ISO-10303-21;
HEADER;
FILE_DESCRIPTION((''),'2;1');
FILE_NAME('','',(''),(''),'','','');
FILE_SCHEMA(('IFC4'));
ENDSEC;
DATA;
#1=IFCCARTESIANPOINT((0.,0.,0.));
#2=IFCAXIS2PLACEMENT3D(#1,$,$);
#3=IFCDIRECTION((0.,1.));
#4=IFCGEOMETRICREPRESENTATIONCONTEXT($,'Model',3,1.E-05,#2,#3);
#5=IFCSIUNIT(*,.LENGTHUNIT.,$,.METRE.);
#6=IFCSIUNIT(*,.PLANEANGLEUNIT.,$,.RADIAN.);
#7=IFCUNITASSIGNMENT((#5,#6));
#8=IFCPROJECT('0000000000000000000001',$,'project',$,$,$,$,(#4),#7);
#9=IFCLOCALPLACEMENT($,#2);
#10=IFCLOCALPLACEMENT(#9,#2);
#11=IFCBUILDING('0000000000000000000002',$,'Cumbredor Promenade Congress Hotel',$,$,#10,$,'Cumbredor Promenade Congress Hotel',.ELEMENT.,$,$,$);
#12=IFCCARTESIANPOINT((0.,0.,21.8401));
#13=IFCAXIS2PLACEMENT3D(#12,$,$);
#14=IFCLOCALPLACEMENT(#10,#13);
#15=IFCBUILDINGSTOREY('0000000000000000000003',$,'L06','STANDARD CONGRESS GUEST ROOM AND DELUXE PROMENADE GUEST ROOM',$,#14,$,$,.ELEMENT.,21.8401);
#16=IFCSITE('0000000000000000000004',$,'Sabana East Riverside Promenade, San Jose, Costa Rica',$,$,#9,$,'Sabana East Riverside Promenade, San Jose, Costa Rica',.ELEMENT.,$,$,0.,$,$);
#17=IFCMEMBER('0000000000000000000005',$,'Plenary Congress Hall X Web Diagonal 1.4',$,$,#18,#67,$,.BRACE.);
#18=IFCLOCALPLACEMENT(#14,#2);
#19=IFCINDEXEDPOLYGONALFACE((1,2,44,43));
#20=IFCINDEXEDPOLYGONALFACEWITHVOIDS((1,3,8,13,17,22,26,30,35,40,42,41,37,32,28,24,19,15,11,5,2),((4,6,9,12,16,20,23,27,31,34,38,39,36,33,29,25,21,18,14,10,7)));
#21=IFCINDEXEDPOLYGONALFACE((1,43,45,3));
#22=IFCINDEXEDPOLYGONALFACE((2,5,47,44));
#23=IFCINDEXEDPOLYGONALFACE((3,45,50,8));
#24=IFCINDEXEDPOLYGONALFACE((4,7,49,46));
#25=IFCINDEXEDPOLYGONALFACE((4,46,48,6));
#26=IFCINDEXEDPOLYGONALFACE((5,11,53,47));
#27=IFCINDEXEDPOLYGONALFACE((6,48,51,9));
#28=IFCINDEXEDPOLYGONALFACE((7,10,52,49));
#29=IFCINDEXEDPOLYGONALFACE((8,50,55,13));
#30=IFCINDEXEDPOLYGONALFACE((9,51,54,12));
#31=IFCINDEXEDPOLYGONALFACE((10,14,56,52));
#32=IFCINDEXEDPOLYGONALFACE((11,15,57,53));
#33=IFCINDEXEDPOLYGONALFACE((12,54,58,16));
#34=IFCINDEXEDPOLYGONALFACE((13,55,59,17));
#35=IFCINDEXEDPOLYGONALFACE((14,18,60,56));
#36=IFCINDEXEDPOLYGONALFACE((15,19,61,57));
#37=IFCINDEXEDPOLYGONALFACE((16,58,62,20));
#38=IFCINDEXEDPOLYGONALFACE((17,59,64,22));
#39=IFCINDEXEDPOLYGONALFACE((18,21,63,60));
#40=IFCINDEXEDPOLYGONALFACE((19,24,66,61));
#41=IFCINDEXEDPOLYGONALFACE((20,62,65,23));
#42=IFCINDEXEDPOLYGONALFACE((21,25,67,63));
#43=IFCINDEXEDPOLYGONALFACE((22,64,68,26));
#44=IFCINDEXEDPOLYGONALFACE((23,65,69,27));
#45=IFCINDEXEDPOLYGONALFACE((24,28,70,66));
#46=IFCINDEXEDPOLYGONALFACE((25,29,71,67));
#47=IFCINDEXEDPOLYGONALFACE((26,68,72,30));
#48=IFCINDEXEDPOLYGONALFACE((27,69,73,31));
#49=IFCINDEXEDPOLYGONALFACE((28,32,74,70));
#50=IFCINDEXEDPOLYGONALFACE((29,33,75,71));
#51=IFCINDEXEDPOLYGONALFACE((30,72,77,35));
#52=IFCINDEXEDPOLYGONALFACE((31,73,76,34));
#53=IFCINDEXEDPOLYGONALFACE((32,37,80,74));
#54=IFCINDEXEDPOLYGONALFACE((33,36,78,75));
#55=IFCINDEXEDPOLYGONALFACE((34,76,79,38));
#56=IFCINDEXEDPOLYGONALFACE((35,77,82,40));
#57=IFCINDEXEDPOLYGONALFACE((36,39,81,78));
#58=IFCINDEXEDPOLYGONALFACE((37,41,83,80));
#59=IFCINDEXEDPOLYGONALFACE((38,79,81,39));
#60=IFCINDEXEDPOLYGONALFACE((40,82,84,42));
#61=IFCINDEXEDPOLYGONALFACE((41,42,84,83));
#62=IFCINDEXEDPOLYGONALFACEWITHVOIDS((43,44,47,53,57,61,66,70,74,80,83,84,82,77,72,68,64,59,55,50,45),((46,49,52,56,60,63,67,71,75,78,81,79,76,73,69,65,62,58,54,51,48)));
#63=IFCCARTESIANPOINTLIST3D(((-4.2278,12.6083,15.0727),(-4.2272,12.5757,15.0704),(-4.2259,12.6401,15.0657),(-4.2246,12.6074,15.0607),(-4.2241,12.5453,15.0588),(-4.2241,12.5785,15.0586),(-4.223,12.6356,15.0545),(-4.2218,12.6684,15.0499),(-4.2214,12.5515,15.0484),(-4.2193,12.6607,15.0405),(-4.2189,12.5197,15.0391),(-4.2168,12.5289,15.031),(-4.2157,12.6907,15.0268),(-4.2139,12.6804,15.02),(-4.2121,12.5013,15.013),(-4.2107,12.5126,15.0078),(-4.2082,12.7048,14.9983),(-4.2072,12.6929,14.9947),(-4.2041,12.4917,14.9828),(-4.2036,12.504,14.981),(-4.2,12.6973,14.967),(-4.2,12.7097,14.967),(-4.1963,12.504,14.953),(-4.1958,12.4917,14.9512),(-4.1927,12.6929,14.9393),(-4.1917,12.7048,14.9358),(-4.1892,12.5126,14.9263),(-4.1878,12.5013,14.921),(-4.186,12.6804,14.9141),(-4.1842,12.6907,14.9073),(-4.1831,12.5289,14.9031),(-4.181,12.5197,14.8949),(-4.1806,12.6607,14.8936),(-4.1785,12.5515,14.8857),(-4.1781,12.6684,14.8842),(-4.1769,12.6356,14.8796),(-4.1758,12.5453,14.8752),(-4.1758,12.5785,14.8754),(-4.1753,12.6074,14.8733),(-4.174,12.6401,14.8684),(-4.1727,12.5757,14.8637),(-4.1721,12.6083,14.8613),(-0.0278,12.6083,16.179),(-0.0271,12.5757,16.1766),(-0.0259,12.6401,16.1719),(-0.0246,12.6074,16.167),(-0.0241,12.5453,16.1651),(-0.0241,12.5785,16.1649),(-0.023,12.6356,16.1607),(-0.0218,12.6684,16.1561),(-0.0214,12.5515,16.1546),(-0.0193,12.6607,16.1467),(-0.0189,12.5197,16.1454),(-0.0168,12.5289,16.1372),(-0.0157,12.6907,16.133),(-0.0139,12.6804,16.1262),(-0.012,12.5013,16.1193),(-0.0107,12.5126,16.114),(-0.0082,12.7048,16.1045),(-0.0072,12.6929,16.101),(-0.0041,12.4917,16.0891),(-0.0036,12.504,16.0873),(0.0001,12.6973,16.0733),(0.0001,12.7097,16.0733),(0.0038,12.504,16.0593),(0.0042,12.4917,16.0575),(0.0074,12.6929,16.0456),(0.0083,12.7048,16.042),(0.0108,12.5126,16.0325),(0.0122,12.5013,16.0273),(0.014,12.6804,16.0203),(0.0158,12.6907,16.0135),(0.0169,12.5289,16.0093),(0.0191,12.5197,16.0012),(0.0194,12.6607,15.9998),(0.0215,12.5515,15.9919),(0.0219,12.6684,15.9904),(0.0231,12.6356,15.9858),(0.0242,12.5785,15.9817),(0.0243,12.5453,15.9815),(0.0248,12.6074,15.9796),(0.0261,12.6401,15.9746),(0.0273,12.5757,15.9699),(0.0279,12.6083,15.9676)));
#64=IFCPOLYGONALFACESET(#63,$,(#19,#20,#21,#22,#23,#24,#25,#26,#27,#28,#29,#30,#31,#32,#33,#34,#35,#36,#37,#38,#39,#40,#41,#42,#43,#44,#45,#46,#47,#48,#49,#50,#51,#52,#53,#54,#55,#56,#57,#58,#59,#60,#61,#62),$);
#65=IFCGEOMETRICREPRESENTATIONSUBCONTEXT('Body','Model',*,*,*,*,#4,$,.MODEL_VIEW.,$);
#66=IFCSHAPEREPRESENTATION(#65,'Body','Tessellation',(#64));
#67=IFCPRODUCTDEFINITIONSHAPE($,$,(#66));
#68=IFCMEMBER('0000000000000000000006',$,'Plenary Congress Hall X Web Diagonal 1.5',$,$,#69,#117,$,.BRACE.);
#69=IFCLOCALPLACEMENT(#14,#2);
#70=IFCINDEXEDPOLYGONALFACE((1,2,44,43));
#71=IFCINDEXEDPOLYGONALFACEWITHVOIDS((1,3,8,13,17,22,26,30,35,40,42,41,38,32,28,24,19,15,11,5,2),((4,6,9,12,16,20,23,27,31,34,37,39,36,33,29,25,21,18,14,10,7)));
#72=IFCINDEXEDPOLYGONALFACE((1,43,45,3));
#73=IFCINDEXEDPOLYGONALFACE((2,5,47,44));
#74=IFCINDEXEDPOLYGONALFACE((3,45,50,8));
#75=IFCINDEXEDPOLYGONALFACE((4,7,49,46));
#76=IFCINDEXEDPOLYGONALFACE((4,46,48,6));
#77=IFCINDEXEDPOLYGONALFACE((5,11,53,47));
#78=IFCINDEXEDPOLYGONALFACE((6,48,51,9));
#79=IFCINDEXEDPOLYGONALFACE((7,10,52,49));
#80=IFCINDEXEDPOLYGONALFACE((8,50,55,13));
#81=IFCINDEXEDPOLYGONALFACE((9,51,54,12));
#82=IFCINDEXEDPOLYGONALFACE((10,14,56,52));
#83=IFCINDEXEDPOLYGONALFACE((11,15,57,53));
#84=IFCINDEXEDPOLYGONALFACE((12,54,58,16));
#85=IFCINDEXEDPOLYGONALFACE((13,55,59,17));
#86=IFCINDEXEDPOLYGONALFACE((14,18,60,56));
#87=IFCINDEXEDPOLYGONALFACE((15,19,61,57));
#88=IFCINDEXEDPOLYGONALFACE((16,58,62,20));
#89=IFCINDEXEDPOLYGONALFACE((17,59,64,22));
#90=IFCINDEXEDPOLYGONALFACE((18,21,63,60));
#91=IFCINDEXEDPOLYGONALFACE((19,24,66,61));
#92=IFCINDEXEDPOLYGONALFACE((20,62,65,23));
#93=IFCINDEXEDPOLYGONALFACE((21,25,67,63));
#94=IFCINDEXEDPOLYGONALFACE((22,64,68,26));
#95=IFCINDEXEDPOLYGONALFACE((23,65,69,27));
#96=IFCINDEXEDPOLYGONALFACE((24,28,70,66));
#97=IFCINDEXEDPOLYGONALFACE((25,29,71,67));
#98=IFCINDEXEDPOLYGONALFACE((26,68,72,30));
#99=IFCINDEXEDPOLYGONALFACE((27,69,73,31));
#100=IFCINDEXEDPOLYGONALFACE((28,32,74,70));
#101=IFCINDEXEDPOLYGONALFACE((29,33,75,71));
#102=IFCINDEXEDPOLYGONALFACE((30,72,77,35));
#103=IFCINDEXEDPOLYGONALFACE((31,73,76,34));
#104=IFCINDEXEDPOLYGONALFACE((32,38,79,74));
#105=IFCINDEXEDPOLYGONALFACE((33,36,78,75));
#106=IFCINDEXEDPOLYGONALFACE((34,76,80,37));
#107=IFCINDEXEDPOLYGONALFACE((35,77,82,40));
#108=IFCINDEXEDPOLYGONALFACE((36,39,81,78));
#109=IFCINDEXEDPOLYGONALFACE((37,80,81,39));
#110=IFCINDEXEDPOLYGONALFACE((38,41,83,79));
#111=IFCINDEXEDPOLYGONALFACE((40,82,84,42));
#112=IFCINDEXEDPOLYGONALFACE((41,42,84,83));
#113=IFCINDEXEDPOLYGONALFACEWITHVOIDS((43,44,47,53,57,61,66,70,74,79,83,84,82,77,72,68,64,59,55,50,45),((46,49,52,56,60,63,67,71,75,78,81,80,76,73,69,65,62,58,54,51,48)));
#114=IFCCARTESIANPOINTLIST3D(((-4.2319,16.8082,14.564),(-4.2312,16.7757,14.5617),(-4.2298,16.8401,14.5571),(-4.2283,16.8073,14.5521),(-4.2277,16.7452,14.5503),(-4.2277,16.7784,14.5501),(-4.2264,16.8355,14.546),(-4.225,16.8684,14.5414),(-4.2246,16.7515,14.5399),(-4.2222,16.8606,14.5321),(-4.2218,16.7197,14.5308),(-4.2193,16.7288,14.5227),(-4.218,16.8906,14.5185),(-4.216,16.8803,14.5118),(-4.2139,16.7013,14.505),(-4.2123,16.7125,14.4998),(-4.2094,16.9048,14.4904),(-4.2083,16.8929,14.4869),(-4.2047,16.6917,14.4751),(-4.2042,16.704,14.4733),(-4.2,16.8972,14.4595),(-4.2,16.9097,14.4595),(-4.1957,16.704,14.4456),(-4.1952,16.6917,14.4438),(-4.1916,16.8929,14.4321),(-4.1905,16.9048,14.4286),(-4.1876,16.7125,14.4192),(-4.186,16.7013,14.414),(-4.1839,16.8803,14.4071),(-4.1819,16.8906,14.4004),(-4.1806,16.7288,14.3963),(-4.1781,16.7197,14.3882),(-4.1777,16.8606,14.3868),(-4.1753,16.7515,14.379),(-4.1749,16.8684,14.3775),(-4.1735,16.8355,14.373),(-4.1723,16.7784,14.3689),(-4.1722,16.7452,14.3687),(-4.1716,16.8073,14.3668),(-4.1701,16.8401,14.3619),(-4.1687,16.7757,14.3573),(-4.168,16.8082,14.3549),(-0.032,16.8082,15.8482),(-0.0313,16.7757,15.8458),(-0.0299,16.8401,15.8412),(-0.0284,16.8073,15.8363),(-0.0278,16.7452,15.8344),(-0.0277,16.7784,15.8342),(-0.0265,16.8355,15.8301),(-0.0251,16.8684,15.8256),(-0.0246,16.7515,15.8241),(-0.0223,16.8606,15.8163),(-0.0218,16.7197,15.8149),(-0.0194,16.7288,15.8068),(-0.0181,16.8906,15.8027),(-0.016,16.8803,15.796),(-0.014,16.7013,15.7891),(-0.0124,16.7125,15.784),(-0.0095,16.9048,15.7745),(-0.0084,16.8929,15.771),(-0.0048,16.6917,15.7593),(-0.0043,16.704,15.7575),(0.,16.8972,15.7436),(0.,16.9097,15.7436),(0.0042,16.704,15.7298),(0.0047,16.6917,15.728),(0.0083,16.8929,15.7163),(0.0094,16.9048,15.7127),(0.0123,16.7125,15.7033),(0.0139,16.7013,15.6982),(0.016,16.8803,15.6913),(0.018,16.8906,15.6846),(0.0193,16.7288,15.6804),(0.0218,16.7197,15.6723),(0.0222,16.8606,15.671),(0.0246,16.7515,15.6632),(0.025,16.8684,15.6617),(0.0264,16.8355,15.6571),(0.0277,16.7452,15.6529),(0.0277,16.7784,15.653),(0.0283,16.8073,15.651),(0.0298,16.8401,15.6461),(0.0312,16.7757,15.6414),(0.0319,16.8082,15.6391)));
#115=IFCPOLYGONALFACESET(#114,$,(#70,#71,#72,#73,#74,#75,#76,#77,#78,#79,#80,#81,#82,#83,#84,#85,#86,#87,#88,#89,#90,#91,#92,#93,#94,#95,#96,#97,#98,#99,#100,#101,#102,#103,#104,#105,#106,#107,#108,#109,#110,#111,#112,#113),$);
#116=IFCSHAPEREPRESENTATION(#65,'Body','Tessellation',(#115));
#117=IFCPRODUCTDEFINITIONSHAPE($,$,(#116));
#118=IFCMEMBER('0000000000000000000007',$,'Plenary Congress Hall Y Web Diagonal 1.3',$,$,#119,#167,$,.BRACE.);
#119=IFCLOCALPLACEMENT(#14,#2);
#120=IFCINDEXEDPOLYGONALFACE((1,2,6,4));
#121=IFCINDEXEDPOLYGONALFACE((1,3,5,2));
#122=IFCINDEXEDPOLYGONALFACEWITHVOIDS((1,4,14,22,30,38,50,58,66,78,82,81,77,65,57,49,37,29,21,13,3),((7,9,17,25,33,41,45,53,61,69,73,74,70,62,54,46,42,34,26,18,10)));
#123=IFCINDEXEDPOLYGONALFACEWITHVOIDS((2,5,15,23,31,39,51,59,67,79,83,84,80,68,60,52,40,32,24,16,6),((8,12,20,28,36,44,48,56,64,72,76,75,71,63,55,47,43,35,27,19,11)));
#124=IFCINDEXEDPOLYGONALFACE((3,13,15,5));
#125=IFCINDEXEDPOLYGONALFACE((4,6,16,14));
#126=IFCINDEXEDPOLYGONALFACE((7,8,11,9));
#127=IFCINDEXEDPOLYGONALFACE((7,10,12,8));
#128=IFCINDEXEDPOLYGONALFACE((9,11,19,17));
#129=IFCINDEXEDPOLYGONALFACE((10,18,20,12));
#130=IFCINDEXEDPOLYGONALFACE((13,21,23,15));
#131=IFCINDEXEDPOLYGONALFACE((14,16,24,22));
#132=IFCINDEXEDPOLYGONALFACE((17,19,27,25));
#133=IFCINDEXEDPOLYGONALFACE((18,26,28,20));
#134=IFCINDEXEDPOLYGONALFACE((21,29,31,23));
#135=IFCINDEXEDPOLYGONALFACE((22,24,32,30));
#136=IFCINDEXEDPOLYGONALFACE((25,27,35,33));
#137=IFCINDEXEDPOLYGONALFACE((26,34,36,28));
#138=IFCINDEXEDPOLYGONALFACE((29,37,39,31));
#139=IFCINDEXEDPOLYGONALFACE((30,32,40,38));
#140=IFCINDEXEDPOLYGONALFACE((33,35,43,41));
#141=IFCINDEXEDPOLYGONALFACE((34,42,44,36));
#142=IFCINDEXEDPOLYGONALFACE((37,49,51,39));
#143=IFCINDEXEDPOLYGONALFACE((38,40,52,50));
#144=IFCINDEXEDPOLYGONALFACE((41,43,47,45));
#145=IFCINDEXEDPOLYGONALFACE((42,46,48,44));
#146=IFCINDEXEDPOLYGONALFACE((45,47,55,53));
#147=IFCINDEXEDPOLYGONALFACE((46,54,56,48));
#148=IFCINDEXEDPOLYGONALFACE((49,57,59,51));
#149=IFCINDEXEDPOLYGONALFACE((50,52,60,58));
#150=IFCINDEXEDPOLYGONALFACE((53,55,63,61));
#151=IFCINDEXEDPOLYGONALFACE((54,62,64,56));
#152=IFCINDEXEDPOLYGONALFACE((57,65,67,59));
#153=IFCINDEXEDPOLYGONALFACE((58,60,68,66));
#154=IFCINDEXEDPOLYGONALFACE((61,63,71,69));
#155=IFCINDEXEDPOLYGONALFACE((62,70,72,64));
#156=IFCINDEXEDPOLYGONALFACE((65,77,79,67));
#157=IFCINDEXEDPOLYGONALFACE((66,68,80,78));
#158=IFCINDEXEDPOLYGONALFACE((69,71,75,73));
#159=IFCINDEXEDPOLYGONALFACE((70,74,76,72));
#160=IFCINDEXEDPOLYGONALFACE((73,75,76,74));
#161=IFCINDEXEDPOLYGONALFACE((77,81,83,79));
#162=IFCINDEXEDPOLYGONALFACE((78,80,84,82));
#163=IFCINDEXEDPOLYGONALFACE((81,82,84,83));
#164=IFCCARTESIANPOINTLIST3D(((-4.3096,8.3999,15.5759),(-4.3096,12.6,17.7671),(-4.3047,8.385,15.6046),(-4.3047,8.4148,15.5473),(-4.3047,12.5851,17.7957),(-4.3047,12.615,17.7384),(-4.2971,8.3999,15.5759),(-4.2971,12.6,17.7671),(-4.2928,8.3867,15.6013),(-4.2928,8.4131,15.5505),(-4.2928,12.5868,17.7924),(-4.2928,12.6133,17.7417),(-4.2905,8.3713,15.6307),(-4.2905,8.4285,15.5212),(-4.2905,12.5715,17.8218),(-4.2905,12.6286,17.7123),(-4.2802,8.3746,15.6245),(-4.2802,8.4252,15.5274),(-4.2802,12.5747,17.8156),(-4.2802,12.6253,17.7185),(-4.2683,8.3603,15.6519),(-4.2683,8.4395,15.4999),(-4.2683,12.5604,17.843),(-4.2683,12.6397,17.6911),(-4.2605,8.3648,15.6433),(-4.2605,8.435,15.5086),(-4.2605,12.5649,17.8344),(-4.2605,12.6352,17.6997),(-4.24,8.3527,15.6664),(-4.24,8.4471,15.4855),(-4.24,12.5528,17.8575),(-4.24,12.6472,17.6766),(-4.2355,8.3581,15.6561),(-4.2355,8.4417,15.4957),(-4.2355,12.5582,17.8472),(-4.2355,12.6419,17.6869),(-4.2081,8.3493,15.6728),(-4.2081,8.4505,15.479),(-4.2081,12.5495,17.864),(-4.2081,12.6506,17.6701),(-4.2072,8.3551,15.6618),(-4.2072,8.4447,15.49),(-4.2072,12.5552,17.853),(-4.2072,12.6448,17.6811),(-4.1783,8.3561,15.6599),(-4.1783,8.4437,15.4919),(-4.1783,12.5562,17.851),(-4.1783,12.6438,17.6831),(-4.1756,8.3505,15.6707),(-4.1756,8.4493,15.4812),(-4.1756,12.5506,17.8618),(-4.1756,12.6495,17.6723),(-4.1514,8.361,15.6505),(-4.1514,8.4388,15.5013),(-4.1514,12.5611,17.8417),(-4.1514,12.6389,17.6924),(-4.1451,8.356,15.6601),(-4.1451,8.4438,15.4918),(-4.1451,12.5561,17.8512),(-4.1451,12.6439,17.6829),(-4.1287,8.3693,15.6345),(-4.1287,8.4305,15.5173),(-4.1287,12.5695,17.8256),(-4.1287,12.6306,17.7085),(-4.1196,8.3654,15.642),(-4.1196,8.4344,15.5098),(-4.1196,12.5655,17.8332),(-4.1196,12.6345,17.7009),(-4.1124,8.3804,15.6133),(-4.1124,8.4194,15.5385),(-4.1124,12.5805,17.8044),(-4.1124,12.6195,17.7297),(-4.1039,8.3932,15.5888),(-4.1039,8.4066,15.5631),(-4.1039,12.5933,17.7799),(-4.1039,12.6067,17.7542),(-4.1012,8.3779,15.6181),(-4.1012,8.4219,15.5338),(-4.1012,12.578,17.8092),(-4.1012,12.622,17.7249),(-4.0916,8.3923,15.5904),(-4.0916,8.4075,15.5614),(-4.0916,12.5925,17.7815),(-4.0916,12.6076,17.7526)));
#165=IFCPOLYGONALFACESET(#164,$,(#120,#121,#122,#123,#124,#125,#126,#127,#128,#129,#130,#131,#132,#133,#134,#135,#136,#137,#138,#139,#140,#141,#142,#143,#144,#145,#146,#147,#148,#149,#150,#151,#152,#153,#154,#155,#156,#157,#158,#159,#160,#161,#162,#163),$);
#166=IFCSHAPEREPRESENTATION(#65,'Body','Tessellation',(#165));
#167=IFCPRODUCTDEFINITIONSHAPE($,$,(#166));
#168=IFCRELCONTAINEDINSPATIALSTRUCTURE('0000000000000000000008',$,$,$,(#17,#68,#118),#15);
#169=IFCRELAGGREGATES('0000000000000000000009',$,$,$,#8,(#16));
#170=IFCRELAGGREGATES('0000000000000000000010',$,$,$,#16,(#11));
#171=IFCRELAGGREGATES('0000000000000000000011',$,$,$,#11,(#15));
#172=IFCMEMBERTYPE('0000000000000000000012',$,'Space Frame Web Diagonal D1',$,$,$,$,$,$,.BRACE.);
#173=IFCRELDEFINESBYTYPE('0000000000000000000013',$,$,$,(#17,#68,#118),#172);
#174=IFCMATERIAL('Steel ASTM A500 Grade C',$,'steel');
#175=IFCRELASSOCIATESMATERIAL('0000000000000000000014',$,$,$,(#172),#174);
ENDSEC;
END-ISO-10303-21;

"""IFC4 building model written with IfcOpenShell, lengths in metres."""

from ifc_helpers import new_model, si_unit, direction, frame, origin, origin_2d, place, context, subcontext, project, spatial, hollow_circle, extrude, material, material_profile, profile_set, type_object, element, save


model = new_model("IFC4")

# Units and contexts
model_context = context("Model", 3, precision=1e-05, world=origin(), true_north=direction((0.0, 1.0)))
body_context = subcontext(model_context, "Body", "Model", "MODEL_VIEW")
ifc_project = project(units=[si_unit("LENGTHUNIT", "METRE"), si_unit("PLANEANGLEUNIT", "RADIAN")], contexts=[model_context])

# Site, building, storey
site_placement = place(None, origin())
site = spatial("IfcSite", under=ifc_project, at=site_placement, Name="Sabana East Riverside Promenade, San Jose, Costa Rica", LongName="Sabana East Riverside Promenade, San Jose, Costa Rica", CompositionType="ELEMENT", RefElevation=0.0)
building_placement = place(site_placement, origin())
building = spatial("IfcBuilding", under=site, at=building_placement, Name="Cumbredor Promenade Congress Hotel", LongName="Cumbredor Promenade Congress Hotel", CompositionType="ELEMENT")
storey_placement = place(building_placement, frame((0.0, 0.0, 21.8401)))
storey = spatial("IfcBuildingStorey", under=building, at=storey_placement, Name="L06", Description="STANDARD CONGRESS GUEST ROOM AND DELUXE PROMENADE GUEST ROOM", CompositionType="ELEMENT", Elevation=21.8401)

# Members
ifc_material_1 = material(Name="Steel ASTM A500 Grade C", Category="steel")
ifc_material_profile_1 = material_profile(ifc_material_1, hollow_circle(Radius=0.1096, WallThickness=0.0125, at=origin_2d()), Name="CHS 219.1x12.5")
ifc_profile_set_1 = profile_set([ifc_material_profile_1], Name="Steel ASTM A500 Grade C")
member_type_1 = type_object("IfcMemberType", Name="Space Frame Web Diagonal D1", PredefinedType="BRACE", material=ifc_profile_set_1)
member_1_placement = place(storey_placement, frame((-4.2, 12.6001, 14.967), z_axis=(0.967021, 0.0, 0.254698), x_axis=(0.0, 1.0, 0.0)))
element("IfcMember", 1, at=member_1_placement, inside=storey, type_object=member_type_1, Name="Plenary Congress Hall X Web Diagonal 1.4", PredefinedType="BRACE", context=body_context, shape_type="SweptSolid", body=[
    extrude(hollow_circle(Radius=0.1096, WallThickness=0.0125, at=origin_2d()), origin(), (0.0, 0.0, 1.0), 4.3433),
])
member_2_placement = place(storey_placement, frame((-4.2, 16.8, 14.4595), z_axis=(0.956297, 0.0, 0.292398), x_axis=(0.0, 1.0, 0.0)))
element("IfcMember", 2, at=member_2_placement, inside=storey, type_object=member_type_1, Name="Plenary Congress Hall X Web Diagonal 1.5", PredefinedType="BRACE", context=body_context, shape_type="SweptSolid", body=[
    extrude(hollow_circle(Radius=0.1096, WallThickness=0.0125, at=origin_2d()), origin(), (0.0, 0.0, 1.0), 4.3918),
])
member_3_placement = place(storey_placement, frame((-4.2, 8.3999, 15.5759), z_axis=(0.0, 0.886606, 0.462525), x_axis=(-1.0, 0.0, 0.0)))
element("IfcMember", 3, at=member_3_placement, inside=storey, type_object=member_type_1, Name="Plenary Congress Hall Y Web Diagonal 1.3", PredefinedType="BRACE", context=body_context, shape_type="SweptSolid", body=[
    extrude(hollow_circle(Radius=0.1096, WallThickness=0.0125, at=origin_2d()), origin(), (0.0, 0.0, 1.0), 4.7373),
])

save(model, "model.ifc")
